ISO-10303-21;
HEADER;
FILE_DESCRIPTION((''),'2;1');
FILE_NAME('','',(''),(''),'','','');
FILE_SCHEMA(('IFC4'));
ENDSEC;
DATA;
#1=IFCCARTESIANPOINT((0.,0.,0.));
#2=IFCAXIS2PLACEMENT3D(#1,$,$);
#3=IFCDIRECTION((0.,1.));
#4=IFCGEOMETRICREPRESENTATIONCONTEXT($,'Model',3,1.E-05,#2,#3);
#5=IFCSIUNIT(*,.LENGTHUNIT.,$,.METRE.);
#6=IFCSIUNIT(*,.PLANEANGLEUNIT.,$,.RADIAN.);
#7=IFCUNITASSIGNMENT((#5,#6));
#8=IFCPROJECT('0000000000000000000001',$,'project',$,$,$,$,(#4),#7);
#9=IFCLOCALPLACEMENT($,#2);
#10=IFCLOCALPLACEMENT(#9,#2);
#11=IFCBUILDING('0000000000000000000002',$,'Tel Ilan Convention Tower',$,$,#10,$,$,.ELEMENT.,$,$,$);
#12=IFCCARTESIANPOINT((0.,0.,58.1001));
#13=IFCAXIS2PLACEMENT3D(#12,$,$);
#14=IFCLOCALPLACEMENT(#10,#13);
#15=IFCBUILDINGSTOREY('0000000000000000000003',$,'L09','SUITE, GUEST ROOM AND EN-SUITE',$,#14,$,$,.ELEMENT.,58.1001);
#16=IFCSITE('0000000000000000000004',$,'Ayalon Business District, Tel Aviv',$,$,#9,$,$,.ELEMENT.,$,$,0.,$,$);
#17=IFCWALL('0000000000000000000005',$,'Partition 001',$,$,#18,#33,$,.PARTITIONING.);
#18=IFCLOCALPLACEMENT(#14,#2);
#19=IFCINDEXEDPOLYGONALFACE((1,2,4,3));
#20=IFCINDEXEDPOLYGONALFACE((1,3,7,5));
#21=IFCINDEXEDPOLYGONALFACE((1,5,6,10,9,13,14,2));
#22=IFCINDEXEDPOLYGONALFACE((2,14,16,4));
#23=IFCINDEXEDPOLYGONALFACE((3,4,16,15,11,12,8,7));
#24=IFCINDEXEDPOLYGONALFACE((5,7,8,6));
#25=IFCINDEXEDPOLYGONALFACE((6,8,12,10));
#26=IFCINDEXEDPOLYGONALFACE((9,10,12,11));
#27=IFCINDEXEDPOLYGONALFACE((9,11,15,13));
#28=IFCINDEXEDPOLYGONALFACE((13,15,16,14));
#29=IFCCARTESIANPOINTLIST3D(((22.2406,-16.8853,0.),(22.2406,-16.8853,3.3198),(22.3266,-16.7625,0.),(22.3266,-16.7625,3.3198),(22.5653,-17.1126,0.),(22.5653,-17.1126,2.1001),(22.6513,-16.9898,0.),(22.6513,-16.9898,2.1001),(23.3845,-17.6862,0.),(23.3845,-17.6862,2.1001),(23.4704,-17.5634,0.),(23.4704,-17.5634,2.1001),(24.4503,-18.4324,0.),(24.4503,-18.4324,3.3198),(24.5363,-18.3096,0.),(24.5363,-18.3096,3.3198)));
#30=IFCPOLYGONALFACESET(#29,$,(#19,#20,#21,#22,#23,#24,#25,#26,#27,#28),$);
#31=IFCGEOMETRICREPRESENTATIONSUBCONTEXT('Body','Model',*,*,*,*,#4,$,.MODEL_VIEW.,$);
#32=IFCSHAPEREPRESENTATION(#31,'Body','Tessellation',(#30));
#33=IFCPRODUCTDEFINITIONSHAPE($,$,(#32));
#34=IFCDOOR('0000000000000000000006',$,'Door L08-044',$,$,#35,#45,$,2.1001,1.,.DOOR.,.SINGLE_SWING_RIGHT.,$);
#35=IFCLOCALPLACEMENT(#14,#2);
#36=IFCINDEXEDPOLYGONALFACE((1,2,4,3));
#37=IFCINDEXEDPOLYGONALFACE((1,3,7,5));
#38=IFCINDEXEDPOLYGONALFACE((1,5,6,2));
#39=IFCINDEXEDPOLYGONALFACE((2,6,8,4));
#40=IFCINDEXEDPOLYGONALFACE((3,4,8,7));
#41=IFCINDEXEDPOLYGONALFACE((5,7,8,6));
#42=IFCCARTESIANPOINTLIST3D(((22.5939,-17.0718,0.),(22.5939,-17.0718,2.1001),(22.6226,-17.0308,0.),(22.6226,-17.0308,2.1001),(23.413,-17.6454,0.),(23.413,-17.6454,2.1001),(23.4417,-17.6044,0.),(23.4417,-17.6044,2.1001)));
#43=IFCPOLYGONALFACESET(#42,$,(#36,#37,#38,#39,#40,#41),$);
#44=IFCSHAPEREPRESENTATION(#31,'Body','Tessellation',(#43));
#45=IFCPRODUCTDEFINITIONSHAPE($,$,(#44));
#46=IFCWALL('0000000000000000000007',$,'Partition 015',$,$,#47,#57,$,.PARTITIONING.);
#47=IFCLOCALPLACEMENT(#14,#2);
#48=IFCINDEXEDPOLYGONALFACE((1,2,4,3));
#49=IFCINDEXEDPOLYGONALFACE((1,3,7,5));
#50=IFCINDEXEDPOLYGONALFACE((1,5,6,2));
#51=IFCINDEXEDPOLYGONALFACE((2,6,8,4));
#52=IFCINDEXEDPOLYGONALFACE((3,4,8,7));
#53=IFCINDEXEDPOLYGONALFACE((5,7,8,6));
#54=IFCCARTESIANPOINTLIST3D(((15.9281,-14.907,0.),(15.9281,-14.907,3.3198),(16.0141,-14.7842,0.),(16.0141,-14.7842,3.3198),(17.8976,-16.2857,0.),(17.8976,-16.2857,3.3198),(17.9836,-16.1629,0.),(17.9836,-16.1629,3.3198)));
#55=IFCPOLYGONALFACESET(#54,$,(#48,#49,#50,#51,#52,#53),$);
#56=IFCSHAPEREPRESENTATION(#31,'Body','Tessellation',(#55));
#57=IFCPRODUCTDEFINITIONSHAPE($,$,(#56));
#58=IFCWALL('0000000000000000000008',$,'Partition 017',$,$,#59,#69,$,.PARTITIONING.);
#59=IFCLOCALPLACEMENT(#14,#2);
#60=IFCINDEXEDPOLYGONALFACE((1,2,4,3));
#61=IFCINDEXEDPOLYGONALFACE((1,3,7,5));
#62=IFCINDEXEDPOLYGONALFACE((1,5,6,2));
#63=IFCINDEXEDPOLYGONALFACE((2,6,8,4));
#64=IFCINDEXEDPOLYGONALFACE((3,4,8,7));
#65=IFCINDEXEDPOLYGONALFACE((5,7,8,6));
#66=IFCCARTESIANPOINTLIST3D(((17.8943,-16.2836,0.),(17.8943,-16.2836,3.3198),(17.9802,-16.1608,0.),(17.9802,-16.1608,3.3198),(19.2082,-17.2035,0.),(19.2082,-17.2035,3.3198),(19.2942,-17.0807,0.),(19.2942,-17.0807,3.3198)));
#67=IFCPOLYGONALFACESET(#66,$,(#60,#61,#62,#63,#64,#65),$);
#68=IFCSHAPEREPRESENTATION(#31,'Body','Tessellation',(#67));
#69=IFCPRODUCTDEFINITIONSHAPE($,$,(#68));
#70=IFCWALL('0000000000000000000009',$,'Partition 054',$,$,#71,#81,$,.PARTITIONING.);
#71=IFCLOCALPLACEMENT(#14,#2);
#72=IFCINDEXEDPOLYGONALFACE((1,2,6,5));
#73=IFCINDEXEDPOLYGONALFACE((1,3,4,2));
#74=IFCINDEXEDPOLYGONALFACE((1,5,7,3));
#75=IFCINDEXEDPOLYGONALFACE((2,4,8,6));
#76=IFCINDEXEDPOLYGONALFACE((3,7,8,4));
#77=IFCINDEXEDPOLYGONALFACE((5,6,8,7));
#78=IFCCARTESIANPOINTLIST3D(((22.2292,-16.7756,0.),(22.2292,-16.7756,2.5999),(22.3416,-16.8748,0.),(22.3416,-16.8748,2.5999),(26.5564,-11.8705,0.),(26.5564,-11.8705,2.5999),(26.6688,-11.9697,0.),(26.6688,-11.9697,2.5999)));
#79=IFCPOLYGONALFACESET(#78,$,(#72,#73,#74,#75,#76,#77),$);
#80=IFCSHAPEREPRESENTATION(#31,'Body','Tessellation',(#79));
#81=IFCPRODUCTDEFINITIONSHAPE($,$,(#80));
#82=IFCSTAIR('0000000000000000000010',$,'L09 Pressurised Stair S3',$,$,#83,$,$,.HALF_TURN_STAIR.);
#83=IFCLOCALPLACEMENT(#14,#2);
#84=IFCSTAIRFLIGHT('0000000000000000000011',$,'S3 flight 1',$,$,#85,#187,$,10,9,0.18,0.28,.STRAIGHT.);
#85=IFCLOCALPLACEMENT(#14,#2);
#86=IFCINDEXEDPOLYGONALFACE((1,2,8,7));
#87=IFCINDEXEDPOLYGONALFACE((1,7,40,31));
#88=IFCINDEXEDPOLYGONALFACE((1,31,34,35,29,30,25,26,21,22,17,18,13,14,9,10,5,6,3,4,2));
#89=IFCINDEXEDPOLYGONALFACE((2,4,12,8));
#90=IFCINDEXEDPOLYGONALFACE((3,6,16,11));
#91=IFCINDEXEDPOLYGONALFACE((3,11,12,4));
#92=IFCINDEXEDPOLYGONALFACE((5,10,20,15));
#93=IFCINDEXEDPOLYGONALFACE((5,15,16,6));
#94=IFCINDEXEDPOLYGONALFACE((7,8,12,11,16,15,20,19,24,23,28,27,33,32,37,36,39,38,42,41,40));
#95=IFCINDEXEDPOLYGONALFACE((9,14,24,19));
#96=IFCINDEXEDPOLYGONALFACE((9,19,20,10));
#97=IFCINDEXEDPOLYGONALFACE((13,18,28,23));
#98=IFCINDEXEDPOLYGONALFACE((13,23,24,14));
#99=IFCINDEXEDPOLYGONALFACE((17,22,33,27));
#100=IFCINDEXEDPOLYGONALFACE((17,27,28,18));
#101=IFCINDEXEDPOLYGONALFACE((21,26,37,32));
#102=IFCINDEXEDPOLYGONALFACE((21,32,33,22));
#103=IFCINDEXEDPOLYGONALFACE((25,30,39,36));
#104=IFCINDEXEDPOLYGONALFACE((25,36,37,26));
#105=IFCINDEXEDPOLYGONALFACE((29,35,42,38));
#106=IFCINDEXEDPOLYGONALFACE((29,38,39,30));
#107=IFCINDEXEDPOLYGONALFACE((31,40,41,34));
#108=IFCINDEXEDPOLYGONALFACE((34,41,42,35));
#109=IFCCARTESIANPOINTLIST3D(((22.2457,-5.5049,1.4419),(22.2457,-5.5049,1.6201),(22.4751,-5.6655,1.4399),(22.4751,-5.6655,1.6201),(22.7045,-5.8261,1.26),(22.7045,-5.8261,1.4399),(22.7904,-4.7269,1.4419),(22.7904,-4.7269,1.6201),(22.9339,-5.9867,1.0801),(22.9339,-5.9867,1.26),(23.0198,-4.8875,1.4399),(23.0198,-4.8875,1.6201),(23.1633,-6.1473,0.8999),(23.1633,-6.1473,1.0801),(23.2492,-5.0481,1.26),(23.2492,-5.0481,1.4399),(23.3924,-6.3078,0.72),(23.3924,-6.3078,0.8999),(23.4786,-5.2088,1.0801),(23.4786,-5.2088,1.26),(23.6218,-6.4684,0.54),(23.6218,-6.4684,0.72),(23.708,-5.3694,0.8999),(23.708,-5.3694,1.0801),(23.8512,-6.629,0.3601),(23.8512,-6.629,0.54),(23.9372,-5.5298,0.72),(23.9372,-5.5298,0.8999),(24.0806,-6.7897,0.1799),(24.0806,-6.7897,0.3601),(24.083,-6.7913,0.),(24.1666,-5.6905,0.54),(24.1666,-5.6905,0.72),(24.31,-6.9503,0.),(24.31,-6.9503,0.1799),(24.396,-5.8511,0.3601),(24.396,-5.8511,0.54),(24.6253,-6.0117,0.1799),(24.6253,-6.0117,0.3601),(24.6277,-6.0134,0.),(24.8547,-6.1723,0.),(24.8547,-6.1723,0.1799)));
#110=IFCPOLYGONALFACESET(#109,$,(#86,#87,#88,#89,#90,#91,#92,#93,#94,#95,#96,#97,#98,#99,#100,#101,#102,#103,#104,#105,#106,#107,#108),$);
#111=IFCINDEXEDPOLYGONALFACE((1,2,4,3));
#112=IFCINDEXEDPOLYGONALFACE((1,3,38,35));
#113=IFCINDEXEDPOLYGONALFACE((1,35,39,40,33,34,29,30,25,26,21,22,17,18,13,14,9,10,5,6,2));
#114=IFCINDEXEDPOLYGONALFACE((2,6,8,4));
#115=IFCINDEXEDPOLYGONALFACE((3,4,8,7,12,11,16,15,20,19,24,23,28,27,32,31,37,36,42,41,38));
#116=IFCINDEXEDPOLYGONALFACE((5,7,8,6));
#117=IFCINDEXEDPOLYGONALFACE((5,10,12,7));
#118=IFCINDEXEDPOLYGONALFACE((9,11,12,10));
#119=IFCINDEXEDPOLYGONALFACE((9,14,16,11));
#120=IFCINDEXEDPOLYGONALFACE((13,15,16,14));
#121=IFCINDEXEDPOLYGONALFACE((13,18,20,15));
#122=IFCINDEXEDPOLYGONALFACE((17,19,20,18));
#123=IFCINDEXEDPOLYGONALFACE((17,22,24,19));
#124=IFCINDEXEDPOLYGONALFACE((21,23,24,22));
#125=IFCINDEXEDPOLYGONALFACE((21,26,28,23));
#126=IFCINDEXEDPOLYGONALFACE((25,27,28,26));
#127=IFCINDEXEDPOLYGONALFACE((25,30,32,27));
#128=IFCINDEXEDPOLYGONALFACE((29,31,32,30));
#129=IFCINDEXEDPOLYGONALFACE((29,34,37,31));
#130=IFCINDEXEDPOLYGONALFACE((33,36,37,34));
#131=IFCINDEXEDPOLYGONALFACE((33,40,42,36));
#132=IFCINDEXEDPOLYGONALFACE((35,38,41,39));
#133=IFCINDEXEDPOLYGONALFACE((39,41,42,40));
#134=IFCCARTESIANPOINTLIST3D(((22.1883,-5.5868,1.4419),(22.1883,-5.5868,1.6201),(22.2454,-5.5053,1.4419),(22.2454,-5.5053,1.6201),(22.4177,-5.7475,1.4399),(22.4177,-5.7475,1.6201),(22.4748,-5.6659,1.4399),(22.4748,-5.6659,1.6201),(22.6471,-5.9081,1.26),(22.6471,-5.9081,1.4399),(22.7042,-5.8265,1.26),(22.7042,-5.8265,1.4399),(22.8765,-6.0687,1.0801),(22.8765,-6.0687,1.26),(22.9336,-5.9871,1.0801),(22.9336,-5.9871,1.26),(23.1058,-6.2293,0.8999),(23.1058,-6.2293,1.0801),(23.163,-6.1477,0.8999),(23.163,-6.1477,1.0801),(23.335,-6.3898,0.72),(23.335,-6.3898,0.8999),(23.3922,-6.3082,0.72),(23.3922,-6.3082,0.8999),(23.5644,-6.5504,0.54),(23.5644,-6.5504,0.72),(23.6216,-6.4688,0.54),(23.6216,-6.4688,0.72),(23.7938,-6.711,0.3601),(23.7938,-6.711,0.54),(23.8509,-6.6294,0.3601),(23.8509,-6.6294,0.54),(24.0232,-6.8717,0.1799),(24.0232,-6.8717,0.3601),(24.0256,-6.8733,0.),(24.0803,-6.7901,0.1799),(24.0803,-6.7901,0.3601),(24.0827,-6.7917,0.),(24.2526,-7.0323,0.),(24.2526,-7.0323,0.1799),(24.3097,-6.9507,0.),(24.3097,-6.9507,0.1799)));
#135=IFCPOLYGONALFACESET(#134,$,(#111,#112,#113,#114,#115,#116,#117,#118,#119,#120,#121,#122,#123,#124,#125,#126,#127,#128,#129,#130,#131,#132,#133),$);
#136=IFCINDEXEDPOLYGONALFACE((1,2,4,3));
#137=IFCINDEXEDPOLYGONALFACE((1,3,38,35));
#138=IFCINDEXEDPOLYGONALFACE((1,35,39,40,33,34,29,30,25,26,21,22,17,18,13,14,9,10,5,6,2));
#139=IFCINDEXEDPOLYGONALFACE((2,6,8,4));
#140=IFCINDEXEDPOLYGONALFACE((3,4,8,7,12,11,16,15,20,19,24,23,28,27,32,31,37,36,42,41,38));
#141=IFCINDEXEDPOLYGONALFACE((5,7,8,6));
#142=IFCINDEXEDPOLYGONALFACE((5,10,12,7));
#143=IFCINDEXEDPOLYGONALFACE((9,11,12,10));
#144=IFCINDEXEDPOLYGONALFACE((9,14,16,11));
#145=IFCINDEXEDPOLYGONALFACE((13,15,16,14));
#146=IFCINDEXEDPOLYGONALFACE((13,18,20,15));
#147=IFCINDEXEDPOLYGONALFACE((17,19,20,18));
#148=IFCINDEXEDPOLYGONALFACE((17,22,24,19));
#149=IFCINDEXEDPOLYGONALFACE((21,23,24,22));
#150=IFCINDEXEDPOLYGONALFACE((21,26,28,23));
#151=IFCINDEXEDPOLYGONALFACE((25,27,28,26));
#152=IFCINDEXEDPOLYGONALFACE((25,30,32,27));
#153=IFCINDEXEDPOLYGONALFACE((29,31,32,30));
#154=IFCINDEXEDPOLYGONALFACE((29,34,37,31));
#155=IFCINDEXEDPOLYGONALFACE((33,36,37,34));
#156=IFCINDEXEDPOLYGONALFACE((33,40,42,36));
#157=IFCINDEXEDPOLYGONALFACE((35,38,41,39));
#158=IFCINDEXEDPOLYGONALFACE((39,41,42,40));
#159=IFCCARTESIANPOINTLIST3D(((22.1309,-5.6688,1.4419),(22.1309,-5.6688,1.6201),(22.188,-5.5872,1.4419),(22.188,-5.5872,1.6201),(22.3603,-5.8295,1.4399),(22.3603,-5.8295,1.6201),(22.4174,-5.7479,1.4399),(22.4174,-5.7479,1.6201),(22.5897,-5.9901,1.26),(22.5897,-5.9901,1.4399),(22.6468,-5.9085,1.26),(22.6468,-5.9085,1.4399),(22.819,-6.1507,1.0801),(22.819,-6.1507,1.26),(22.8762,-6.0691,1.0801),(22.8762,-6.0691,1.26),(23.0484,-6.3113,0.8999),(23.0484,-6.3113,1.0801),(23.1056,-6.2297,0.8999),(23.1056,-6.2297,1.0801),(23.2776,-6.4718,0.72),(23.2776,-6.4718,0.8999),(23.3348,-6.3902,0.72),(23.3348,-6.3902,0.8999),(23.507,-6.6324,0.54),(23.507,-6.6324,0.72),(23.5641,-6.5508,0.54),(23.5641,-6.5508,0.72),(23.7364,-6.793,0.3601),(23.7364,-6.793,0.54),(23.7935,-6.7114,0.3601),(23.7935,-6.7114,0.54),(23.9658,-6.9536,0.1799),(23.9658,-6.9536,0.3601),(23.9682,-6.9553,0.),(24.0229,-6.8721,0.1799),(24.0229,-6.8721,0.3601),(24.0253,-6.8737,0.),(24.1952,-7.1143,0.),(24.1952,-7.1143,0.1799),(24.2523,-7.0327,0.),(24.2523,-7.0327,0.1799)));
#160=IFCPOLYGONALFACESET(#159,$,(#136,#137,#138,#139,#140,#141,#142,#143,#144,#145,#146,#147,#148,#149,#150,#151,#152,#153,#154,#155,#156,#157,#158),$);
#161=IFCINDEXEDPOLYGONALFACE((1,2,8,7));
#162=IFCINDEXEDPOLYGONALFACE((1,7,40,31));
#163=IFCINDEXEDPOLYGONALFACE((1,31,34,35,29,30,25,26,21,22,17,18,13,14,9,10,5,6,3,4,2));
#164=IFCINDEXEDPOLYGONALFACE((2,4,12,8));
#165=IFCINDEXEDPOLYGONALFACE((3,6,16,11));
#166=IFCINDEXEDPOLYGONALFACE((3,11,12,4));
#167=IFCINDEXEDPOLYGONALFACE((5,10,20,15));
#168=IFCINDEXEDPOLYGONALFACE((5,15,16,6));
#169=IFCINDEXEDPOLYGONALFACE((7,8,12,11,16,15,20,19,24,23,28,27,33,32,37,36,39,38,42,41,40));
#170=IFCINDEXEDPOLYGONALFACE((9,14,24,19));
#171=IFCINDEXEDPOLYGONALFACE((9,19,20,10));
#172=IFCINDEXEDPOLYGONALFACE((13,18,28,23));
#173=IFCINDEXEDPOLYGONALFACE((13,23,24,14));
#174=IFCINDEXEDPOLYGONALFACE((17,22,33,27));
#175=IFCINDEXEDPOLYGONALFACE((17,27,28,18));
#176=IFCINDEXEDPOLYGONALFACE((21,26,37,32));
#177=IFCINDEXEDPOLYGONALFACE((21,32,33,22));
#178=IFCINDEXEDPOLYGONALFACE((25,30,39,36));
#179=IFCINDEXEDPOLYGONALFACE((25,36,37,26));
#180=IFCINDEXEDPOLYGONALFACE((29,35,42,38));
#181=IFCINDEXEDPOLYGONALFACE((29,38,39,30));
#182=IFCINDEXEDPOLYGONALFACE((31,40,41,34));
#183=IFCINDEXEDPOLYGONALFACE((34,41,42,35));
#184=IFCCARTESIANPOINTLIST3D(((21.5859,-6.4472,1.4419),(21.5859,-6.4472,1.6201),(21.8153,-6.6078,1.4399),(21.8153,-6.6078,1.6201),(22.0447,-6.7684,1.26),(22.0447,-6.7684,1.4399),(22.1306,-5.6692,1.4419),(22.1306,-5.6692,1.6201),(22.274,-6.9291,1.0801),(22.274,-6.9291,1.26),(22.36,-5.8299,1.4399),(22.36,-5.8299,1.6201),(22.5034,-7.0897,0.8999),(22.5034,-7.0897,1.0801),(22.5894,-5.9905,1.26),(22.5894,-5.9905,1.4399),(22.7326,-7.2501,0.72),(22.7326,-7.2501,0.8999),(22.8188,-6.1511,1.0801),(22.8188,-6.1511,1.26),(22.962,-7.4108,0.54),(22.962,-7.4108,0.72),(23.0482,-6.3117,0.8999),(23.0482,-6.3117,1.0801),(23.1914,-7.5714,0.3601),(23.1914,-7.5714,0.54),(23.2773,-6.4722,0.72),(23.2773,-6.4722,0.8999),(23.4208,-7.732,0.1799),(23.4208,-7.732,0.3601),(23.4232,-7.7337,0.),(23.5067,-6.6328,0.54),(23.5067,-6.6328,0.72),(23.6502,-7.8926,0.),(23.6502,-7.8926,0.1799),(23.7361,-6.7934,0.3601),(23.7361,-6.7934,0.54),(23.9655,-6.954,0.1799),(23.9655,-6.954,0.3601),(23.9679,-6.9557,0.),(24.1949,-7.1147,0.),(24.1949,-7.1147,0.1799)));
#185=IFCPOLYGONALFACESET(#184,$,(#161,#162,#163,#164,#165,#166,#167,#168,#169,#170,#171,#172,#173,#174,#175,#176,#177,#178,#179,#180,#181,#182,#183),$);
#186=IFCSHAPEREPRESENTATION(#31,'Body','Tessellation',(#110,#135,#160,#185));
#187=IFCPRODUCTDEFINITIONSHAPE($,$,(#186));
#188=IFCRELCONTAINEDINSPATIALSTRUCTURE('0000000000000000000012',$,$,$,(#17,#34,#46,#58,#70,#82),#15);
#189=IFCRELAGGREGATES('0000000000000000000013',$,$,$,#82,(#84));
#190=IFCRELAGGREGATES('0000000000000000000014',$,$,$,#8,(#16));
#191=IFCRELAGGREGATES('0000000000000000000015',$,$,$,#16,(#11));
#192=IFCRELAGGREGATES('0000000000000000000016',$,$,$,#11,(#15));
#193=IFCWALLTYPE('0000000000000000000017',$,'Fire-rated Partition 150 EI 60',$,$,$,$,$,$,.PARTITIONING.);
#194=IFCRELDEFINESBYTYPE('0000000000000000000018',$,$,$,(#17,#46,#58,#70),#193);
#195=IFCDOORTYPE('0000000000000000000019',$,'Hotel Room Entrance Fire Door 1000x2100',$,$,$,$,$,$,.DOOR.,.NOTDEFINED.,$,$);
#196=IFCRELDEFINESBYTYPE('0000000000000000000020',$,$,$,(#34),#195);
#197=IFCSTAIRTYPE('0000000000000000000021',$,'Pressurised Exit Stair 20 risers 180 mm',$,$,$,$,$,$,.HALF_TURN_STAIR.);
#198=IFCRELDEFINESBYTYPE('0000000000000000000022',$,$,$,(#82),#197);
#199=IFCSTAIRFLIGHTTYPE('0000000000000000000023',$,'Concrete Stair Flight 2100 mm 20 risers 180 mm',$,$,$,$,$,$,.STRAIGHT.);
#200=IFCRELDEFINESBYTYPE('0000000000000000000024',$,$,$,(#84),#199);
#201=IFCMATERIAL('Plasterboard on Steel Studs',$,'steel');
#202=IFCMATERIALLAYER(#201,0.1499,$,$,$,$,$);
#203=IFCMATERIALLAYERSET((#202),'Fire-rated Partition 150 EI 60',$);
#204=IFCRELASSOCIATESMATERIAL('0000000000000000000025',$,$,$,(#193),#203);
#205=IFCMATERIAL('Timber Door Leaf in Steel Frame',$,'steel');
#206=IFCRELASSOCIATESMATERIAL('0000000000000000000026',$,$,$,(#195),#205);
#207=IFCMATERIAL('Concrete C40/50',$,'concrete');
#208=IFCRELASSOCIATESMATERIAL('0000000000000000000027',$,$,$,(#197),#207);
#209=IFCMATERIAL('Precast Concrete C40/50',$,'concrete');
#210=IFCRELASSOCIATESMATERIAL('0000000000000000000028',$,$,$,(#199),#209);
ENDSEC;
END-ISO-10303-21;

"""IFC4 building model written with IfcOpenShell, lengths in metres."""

from ifc_helpers import new_model, si_unit, direction, frame, frame_2d, origin, place, context, subcontext, project, spatial, polyline, rectangle, outline, extrude, material, layer, layer_set, type_object, element, fill, aggregate, save


model = new_model("IFC4")

# Units and contexts
model_context = context("Model", 3, precision=1e-05, world=origin(), true_north=direction((0.0, 1.0)))
body_context = subcontext(model_context, "Body", "Model", "MODEL_VIEW")
ifc_project = project(units=[si_unit("LENGTHUNIT", "METRE"), si_unit("PLANEANGLEUNIT", "RADIAN")], contexts=[model_context])

# Site, building, storey
site_placement = place(None, origin())
site = spatial("IfcSite", under=ifc_project, at=site_placement, Name="Ayalon Business District, Tel Aviv", CompositionType="ELEMENT", RefElevation=0.0)
building_placement = place(site_placement, origin())
building = spatial("IfcBuilding", under=site, at=building_placement, Name="Tel Ilan Convention Tower", CompositionType="ELEMENT")
storey_placement = place(building_placement, frame((0.0, 0.0, 58.1001)))
storey = spatial("IfcBuildingStorey", under=building, at=storey_placement, Name="L09", Description="SUITE, GUEST ROOM AND EN-SUITE", CompositionType="ELEMENT", Elevation=58.1001)

# Wall, opening, door
ifc_material_1 = material(Name="Plasterboard on Steel Studs", Category="steel")
ifc_layer_1 = layer(ifc_material_1, 0.1499)
ifc_layer_set_1 = layer_set([ifc_layer_1], Name="Fire-rated Partition 150 EI 60")
wall_type_1 = type_object("IfcWallType", Name="Fire-rated Partition 150 EI 60", PredefinedType="PARTITIONING", material=ifc_layer_set_1)
wall_1_placement = place(storey_placement, frame((22.2837, -16.824, 0.0), z_axis=(0.0, 0.0, 1.0), x_axis=(0.819177, -0.573541, 0.0)))
wall_1 = element("IfcWall", 1, at=wall_1_placement, inside=storey, type_object=wall_type_1, Name="Partition 001", PredefinedType="PARTITIONING", context=body_context, shape_type="SweptSolid", body=[
    extrude(rectangle(XDim=2.6975, YDim=0.1499, at=frame_2d((1.3486, 0.0))), origin(), (0.0, 0.0, 1.0), 3.3198),
])
opening_1_placement = place(wall_1_placement, frame((0.3962, 0.0, 0.0)))
opening_1 = element("IfcOpeningElement", 2, at=opening_1_placement, cuts=wall_1, PredefinedType="OPENING", context=body_context, shape_type="SweptSolid", body=[
    extrude(rectangle(XDim=1.0, YDim=2.1001, at=frame_2d((0.5, 1.05))), frame((0.0, 0.085, 0.0), z_axis=(0.0, -1.0, 0.0), x_axis=(1.0, 0.0, 0.0)), (0.0, 0.0, 1.0), 0.1699),
])
ifc_material_2 = material(Name="Timber Door Leaf in Steel Frame", Category="steel")
door_type_1 = type_object("IfcDoorType", Name="Hotel Room Entrance Fire Door 1000x2100", OperationType="NOTDEFINED", PredefinedType="DOOR", material=ifc_material_2)
door_1_placement = place(opening_1_placement, origin())
door_1 = element("IfcDoor", 3, at=door_1_placement, inside=storey, type_object=door_type_1, Name="Door L08-044", OperationType="SINGLE_SWING_RIGHT", OverallHeight=2.1001, OverallWidth=1.0, PredefinedType="DOOR", context=body_context, shape_type="SweptSolid", body=[
    extrude(rectangle(XDim=1.0, YDim=2.1001, at=frame_2d((0.5, 1.05))), frame((0.0, 0.0249, 0.0), z_axis=(0.0, -1.0, 0.0), x_axis=(1.0, 0.0, 0.0)), (0.0, 0.0, 1.0), 0.05),
])
fill(opening_1, door_1)

# Walls
wall_2_placement = place(storey_placement, frame((17.9407, -16.2244, 0.0), z_axis=(0.0, 0.0, 1.0), x_axis=(-0.819227, 0.573469, 0.0)))
element("IfcWall", 4, at=wall_2_placement, inside=storey, type_object=wall_type_1, Name="Partition 015", PredefinedType="PARTITIONING", context=body_context, shape_type="SweptSolid", body=[
    extrude(rectangle(XDim=2.4041, YDim=0.1499, at=frame_2d((1.2021, 0.0))), origin(), (0.0, 0.0, 1.0), 3.3198),
])
wall_3_placement = place(storey_placement, frame((19.2512, -17.1421, 0.0), z_axis=(0.0, 0.0, 1.0), x_axis=(-0.819189, 0.573524, 0.0)))
element("IfcWall", 5, at=wall_3_placement, inside=storey, type_object=wall_type_1, Name="Partition 017", PredefinedType="PARTITIONING", context=body_context, shape_type="SweptSolid", body=[
    extrude(rectangle(XDim=1.604, YDim=0.1499, at=frame_2d((0.802, 0.0))), origin(), (0.0, 0.0, 1.0), 3.3198),
])
wall_4_placement = place(storey_placement, frame((22.2854, -16.8252, 0.0), z_axis=(0.0, 0.0, 1.0), x_axis=(0.661551, 0.7499, 0.0)))
element("IfcWall", 6, at=wall_4_placement, inside=storey, type_object=wall_type_1, Name="Partition 054", PredefinedType="PARTITIONING", context=body_context, shape_type="SweptSolid", body=[
    extrude(rectangle(XDim=6.541, YDim=0.1499, at=frame_2d((3.2705, 0.0))), origin(), (0.0, 0.0, 1.0), 2.5999),
])

# Stair, stair flight
ifc_material_3 = material(Name="Concrete C40/50", Category="concrete")
stair_type = type_object("IfcStairType", Name="Pressurised Exit Stair 20 risers 180 mm", PredefinedType="HALF_TURN_STAIR", material=ifc_material_3)
stair_1_placement = place(storey_placement, origin())
stair_1 = element("IfcStair", 7, at=stair_1_placement, inside=storey, type_object=stair_type, Name="L09 Pressurised Stair S3", PredefinedType="HALF_TURN_STAIR")
ifc_material_4 = material(Name="Precast Concrete C40/50", Category="concrete")
stair_flight_type = type_object("IfcStairFlightType", Name="Concrete Stair Flight 2100 mm 20 risers 180 mm", PredefinedType="STRAIGHT", material=ifc_material_4)
stair_flight_1_placement = place(storey_placement, frame((24.2524, -7.0325, 0.0), z_axis=(0.0, 0.0, 1.0), x_axis=(-0.819152, 0.573576, 0.0)))
stair_flight_1 = element("IfcStairFlight", 8, at=stair_flight_1_placement, type_object=stair_flight_type, Name="S3 flight 1", NumberOfRisers=10, NumberOfTreads=9, PredefinedType="STRAIGHT", RiserHeight=0.18, TreadLength=0.28, context=body_context, shape_type="SweptSolid", body=[
    extrude(outline(polyline([(0.0, 0.0), (0.0, 0.1799), (0.28, 0.1799), (0.28, 0.3601), (0.5601, 0.3601), (0.5601, 0.54), (0.8401, 0.54), (0.8401, 0.72), (1.1201, 0.72), (1.1201, 0.8999), (1.3999, 0.8999), (1.3999, 1.0801), (1.6799, 1.0801), (1.6799, 1.26), (1.96, 1.26), (1.96, 1.4399), (2.24, 1.4399), (2.24, 1.6201), (2.52, 1.6201), (2.52, 1.8), (2.52, 1.4419), (0.2771, 0.0), (0.0, 0.0)])), frame((0.0, -0.1003, 0.0), z_axis=(0.0, -1.0, 0.0), x_axis=(1.0, 0.0, 0.0)), (0.0, 0.0, 1.0), 0.9497),
    extrude(outline(polyline([(0.0, 0.0), (0.0, 0.1799), (0.28, 0.1799), (0.28, 0.3601), (0.5601, 0.3601), (0.5601, 0.54), (0.8401, 0.54), (0.8401, 0.72), (1.1201, 0.72), (1.1201, 0.8999), (1.3999, 0.8999), (1.3999, 1.0801), (1.6799, 1.0801), (1.6799, 1.26), (1.96, 1.26), (1.96, 1.4399), (2.24, 1.4399), (2.24, 1.6201), (2.52, 1.6201), (2.52, 1.8), (2.52, 1.4419), (0.2771, 0.0), (0.0, 0.0)])), frame((0.0, -0.0002, 0.0), z_axis=(0.0, -1.0, 0.0), x_axis=(1.0, 0.0, 0.0)), (0.0, 0.0, 1.0), 0.0996),
    extrude(outline(polyline([(0.0, 0.0), (0.0, 0.1799), (0.28, 0.1799), (0.28, 0.3601), (0.5601, 0.3601), (0.5601, 0.54), (0.8401, 0.54), (0.8401, 0.72), (1.1201, 0.72), (1.1201, 0.8999), (1.3999, 0.8999), (1.3999, 1.0801), (1.6799, 1.0801), (1.6799, 1.26), (1.96, 1.26), (1.96, 1.4399), (2.24, 1.4399), (2.24, 1.6201), (2.52, 1.6201), (2.52, 1.8), (2.52, 1.4419), (0.2771, 0.0), (0.0, 0.0)])), frame((0.0, 0.0999, 0.0), z_axis=(0.0, -1.0, 0.0), x_axis=(1.0, 0.0, 0.0)), (0.0, 0.0, 1.0), 0.0996),
    extrude(outline(polyline([(0.0, 0.0), (0.0, 0.1799), (0.28, 0.1799), (0.28, 0.3601), (0.5601, 0.3601), (0.5601, 0.54), (0.8401, 0.54), (0.8401, 0.72), (1.1201, 0.72), (1.1201, 0.8999), (1.3999, 0.8999), (1.3999, 1.0801), (1.6799, 1.0801), (1.6799, 1.26), (1.96, 1.26), (1.96, 1.4399), (2.24, 1.4399), (2.24, 1.6201), (2.52, 1.6201), (2.52, 1.8), (2.52, 1.4419), (0.2771, 0.0), (0.0, 0.0)])), frame((0.0, 1.05, 0.0), z_axis=(0.0, -1.0, 0.0), x_axis=(1.0, 0.0, 0.0)), (0.0, 0.0, 1.0), 0.9497),
])
aggregate(stair_1, [stair_flight_1])

save(model, "model.ifc")
